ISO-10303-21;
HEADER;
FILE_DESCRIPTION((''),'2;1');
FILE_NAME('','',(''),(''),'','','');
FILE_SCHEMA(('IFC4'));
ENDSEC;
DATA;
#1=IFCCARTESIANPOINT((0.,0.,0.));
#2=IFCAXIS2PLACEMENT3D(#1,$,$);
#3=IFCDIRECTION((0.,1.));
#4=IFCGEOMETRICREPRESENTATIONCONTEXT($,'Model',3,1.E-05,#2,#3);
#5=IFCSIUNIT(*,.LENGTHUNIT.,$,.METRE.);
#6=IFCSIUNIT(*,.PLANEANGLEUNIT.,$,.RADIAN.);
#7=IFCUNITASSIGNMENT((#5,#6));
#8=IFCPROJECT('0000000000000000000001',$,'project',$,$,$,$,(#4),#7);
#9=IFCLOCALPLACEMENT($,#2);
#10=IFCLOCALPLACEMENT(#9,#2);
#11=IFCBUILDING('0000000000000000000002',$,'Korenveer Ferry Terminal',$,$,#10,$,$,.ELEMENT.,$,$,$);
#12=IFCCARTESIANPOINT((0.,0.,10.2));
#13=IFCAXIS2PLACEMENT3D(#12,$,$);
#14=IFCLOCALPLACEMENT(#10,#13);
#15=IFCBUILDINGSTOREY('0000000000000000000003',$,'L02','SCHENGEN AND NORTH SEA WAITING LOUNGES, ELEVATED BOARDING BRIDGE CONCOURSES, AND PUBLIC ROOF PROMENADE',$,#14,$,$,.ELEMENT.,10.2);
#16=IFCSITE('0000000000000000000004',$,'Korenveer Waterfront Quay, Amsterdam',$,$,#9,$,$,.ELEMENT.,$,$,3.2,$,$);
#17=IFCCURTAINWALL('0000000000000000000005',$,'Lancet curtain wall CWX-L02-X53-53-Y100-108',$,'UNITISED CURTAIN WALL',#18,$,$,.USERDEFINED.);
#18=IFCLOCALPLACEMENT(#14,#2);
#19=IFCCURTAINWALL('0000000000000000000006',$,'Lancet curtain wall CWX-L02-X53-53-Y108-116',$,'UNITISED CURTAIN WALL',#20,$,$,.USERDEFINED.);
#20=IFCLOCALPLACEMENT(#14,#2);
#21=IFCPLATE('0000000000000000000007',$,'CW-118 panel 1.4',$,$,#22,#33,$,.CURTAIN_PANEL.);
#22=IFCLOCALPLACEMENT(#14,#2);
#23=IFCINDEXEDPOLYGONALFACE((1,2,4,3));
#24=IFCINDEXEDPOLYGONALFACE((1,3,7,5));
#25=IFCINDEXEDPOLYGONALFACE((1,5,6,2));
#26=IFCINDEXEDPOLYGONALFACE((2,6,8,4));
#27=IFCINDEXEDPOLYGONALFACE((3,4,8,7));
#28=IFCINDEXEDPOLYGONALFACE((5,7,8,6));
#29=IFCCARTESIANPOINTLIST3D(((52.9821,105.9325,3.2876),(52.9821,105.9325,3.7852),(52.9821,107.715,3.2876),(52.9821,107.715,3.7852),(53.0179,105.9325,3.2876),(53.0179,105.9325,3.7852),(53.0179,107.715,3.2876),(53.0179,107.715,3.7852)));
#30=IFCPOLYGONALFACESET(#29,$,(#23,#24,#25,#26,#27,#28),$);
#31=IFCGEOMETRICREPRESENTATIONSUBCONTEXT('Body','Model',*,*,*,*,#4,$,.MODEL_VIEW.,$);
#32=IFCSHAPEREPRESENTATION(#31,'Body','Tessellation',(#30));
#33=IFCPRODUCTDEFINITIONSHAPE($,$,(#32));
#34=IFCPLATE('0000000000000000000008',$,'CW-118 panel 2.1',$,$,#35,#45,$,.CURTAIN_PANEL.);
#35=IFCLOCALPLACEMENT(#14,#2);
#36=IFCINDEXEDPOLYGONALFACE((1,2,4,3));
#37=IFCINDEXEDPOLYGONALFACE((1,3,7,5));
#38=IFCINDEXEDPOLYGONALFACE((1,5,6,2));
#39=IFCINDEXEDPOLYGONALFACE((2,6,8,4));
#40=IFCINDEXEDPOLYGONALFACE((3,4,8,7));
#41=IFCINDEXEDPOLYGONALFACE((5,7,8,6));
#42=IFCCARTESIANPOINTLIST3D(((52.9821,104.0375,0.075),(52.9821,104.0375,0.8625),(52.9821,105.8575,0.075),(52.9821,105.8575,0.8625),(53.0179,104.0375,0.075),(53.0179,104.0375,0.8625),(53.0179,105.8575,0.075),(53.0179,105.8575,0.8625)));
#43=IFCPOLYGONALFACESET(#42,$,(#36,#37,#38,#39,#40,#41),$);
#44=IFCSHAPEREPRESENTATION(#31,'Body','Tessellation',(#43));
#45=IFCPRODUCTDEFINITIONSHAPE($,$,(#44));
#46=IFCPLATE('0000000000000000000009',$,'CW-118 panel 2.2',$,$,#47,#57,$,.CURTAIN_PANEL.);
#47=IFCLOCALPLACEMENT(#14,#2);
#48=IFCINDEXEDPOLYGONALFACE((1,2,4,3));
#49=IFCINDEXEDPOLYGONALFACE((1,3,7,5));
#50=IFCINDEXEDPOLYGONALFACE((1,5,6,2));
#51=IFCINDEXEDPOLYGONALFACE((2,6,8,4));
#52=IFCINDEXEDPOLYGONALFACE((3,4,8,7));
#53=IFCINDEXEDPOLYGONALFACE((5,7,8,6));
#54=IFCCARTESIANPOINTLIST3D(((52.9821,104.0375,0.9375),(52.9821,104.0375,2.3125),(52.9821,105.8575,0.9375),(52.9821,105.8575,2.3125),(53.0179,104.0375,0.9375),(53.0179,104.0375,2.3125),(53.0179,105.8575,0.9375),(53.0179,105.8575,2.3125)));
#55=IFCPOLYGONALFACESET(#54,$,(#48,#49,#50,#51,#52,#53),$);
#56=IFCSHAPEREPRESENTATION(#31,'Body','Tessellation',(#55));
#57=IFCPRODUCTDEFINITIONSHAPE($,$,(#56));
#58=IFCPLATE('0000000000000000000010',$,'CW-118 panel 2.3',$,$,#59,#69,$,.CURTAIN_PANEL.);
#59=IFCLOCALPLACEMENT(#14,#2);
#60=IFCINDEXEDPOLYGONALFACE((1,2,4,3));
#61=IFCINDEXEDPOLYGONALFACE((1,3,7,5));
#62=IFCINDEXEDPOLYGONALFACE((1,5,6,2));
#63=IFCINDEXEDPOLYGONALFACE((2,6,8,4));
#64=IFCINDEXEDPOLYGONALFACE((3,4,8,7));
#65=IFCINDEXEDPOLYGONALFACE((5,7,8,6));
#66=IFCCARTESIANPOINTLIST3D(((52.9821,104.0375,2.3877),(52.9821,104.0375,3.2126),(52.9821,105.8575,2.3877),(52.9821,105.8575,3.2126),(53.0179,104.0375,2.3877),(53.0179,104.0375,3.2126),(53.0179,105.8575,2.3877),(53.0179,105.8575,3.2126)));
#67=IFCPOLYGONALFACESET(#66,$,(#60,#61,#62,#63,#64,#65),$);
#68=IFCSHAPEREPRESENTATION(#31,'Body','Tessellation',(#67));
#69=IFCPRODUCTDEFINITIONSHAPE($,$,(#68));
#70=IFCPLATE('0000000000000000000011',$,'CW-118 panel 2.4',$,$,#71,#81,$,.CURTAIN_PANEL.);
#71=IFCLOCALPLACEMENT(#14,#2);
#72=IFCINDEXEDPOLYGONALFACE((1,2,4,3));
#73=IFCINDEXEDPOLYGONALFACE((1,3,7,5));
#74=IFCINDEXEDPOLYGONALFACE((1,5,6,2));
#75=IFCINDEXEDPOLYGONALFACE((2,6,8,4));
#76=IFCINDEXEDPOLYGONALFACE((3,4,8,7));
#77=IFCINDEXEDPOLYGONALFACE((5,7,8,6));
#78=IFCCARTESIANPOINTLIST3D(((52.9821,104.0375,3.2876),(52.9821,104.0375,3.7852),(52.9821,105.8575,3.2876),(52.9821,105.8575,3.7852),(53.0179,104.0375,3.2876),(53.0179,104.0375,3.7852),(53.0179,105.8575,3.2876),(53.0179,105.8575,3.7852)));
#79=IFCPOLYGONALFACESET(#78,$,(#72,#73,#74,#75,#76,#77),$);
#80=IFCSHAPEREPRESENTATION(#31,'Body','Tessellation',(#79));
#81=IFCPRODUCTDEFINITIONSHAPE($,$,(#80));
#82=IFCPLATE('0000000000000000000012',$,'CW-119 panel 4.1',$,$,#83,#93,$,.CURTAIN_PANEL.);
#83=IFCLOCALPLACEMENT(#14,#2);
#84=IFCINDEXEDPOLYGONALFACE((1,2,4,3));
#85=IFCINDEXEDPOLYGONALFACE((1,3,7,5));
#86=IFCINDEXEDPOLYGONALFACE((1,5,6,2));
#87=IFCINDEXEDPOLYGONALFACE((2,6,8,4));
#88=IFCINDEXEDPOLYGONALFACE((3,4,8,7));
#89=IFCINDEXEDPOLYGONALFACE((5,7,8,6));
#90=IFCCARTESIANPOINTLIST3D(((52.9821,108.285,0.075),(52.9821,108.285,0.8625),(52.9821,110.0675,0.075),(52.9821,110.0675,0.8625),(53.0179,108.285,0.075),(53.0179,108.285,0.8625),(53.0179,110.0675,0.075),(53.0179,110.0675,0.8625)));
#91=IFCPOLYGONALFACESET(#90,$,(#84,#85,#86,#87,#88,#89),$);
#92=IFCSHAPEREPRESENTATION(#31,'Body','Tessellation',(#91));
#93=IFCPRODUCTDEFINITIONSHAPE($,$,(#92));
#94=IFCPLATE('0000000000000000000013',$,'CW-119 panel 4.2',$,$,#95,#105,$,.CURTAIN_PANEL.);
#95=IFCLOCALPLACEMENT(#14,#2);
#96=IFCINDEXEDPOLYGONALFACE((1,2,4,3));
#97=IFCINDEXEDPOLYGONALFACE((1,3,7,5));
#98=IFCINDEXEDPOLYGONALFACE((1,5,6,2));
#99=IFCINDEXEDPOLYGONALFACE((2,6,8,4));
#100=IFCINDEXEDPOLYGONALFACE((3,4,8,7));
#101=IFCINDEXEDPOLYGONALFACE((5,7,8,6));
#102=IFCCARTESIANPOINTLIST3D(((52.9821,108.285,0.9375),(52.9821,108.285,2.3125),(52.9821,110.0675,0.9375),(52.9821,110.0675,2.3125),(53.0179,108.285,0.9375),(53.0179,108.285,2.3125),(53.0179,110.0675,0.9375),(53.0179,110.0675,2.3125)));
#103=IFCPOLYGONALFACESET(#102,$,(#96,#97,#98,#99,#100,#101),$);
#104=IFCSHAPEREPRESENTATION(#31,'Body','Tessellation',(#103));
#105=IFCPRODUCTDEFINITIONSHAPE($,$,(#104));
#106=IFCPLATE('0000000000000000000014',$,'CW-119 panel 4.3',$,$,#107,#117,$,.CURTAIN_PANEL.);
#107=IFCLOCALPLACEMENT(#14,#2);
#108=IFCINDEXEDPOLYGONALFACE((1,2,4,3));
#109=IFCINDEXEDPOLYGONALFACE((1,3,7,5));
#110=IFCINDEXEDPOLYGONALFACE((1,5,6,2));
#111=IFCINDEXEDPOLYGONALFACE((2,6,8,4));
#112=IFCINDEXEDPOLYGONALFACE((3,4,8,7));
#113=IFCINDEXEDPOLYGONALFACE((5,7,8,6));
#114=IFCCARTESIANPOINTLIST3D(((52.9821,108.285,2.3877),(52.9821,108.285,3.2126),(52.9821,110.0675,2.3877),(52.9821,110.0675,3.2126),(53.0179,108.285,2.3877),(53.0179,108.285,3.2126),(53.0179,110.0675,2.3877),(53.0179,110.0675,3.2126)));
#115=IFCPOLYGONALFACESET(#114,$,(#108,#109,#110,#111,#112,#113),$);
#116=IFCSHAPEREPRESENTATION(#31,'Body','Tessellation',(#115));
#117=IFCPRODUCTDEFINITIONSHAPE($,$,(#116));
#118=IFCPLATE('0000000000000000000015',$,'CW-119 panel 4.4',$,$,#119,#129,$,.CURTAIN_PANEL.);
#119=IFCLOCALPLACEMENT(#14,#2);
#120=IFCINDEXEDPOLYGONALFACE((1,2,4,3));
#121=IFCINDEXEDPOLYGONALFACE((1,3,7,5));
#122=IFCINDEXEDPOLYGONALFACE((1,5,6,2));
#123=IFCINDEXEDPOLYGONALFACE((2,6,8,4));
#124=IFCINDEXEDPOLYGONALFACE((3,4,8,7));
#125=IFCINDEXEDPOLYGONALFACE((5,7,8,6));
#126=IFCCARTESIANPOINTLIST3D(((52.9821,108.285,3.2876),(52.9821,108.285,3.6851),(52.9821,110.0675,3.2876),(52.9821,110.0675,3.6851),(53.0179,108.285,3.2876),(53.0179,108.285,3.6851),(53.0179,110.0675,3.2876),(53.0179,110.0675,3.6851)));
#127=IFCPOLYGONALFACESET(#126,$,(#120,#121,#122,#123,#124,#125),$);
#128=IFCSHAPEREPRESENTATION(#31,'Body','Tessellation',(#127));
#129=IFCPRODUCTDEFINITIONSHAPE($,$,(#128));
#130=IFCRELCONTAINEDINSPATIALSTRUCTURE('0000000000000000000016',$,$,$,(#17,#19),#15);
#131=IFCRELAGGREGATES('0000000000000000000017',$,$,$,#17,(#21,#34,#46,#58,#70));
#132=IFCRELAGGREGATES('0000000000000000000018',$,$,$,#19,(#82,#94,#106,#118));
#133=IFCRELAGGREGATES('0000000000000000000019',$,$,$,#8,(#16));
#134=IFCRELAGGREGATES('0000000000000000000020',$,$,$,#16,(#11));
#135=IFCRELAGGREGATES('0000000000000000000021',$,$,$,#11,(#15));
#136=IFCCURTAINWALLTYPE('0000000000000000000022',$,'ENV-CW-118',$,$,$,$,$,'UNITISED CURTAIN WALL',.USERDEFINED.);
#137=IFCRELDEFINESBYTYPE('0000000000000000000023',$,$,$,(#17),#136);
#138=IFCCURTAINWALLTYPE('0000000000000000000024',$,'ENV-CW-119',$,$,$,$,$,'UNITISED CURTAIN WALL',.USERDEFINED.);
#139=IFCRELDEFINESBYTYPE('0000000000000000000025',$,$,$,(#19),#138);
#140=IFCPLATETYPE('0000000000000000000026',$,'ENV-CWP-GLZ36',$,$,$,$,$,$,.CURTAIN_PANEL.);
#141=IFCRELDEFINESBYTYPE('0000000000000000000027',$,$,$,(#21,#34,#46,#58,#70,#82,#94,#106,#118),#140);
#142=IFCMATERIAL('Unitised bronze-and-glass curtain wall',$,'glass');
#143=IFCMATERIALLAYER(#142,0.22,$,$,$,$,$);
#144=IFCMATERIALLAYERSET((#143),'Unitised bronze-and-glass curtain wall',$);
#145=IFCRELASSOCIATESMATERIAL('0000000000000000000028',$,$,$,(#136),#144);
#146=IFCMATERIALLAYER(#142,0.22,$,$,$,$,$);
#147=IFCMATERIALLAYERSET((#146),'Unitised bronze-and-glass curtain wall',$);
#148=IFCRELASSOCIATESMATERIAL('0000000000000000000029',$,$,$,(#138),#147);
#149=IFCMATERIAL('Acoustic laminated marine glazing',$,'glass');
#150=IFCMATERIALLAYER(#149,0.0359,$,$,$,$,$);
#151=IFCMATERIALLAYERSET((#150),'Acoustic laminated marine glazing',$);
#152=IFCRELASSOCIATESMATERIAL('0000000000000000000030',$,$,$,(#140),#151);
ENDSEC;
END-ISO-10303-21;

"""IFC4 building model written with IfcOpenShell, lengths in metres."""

from ifc_helpers import new_model, si_unit, direction, frame, origin, origin_2d, place, context, subcontext, project, spatial, rectangle, extrude, material, layer, layer_set, type_object, element, aggregate, save


model = new_model("IFC4")

# Units and contexts
model_context = context("Model", 3, precision=1e-05, world=origin(), true_north=direction((0.0, 1.0)))
body_context = subcontext(model_context, "Body", "Model", "MODEL_VIEW")
ifc_project = project(units=[si_unit("LENGTHUNIT", "METRE"), si_unit("PLANEANGLEUNIT", "RADIAN")], contexts=[model_context])

# Site, building, storey
site_placement = place(None, origin())
site = spatial("IfcSite", under=ifc_project, at=site_placement, Name="Korenveer Waterfront Quay, Amsterdam", CompositionType="ELEMENT", RefElevation=3.2)
building_placement = place(site_placement, origin())
building = spatial("IfcBuilding", under=site, at=building_placement, Name="Korenveer Ferry Terminal", CompositionType="ELEMENT")
storey_placement = place(building_placement, frame((0.0, 0.0, 10.2)))
storey = spatial("IfcBuildingStorey", under=building, at=storey_placement, Name="L02", Description="SCHENGEN AND NORTH SEA WAITING LOUNGES, ELEVATED BOARDING BRIDGE CONCOURSES, AND PUBLIC ROOF PROMENADE", CompositionType="ELEMENT", Elevation=10.2)

# Curtain walls
ifc_material_1 = material(Name="Unitised bronze-and-glass curtain wall", Category="glass")
ifc_layer_1 = layer(ifc_material_1, 0.22)
ifc_layer_set_1 = layer_set([ifc_layer_1], Name="Unitised bronze-and-glass curtain wall")
curtain_wall_type_1 = type_object("IfcCurtainWallType", Name="ENV-CW-118", ElementType="UNITISED CURTAIN WALL", PredefinedType="USERDEFINED", material=ifc_layer_set_1)
curtain_wall_1_placement = place(storey_placement, frame((53.0, 107.79, 0.0)))
curtain_wall_1 = element("IfcCurtainWall", 1, at=curtain_wall_1_placement, inside=storey, type_object=curtain_wall_type_1, Name="Lancet curtain wall CWX-L02-X53-53-Y100-108", ObjectType="UNITISED CURTAIN WALL", PredefinedType="USERDEFINED")
ifc_layer_2 = layer(ifc_material_1, 0.22)
ifc_layer_set_2 = layer_set([ifc_layer_2], Name="Unitised bronze-and-glass curtain wall")
curtain_wall_type_2 = type_object("IfcCurtainWallType", Name="ENV-CW-119", ElementType="UNITISED CURTAIN WALL", PredefinedType="USERDEFINED", material=ifc_layer_set_2)
curtain_wall_2_placement = place(storey_placement, frame((53.0, 115.79, 0.0)))
curtain_wall_2 = element("IfcCurtainWall", 2, at=curtain_wall_2_placement, inside=storey, type_object=curtain_wall_type_2, Name="Lancet curtain wall CWX-L02-X53-53-Y108-116", ObjectType="UNITISED CURTAIN WALL", PredefinedType="USERDEFINED")

# Plates
ifc_material_2 = material(Name="Acoustic laminated marine glazing", Category="glass")
ifc_layer_3 = layer(ifc_material_2, 0.0359)
ifc_layer_set_3 = layer_set([ifc_layer_3], Name="Acoustic laminated marine glazing")
plate_type = type_object("IfcPlateType", Name="ENV-CWP-GLZ36", PredefinedType="CURTAIN_PANEL", material=ifc_layer_set_3)
plate_1_placement = place(storey_placement, frame((53.0, 106.8237, 3.2876), z_axis=(0.0, 0.0, 1.0), x_axis=(0.0, -1.0, 0.0)))
plate_1 = element("IfcPlate", 3, at=plate_1_placement, type_object=plate_type, Name="CW-118 panel 1.4", PredefinedType="CURTAIN_PANEL", context=body_context, shape_type="SweptSolid", body=[
    extrude(rectangle(XDim=1.7825, YDim=0.0359, at=origin_2d()), origin(), (0.0, 0.0, 1.0), 0.4976),
])
plate_2_placement = place(storey_placement, frame((53.0, 104.9475, 0.075), z_axis=(0.0, 0.0, 1.0), x_axis=(0.0, -1.0, 0.0)))
plate_2 = element("IfcPlate", 4, at=plate_2_placement, type_object=plate_type, Name="CW-118 panel 2.1", PredefinedType="CURTAIN_PANEL", context=body_context, shape_type="SweptSolid", body=[
    extrude(rectangle(XDim=1.8201, YDim=0.0359, at=origin_2d()), origin(), (0.0, 0.0, 1.0), 0.7876),
])
plate_3_placement = place(storey_placement, frame((53.0, 104.9475, 0.9375), z_axis=(0.0, 0.0, 1.0), x_axis=(0.0, -1.0, 0.0)))
plate_3 = element("IfcPlate", 5, at=plate_3_placement, type_object=plate_type, Name="CW-118 panel 2.2", PredefinedType="CURTAIN_PANEL", context=body_context, shape_type="SweptSolid", body=[
    extrude(rectangle(XDim=1.8201, YDim=0.0359, at=origin_2d()), origin(), (0.0, 0.0, 1.0), 1.375),
])
plate_4_placement = place(storey_placement, frame((53.0, 104.9475, 2.3877), z_axis=(0.0, 0.0, 1.0), x_axis=(0.0, -1.0, 0.0)))
plate_4 = element("IfcPlate", 6, at=plate_4_placement, type_object=plate_type, Name="CW-118 panel 2.3", PredefinedType="CURTAIN_PANEL", context=body_context, shape_type="SweptSolid", body=[
    extrude(rectangle(XDim=1.8201, YDim=0.0359, at=origin_2d()), origin(), (0.0, 0.0, 1.0), 0.825),
])
plate_5_placement = place(storey_placement, frame((53.0, 104.9475, 3.2876), z_axis=(0.0, 0.0, 1.0), x_axis=(0.0, -1.0, 0.0)))
plate_5 = element("IfcPlate", 7, at=plate_5_placement, type_object=plate_type, Name="CW-118 panel 2.4", PredefinedType="CURTAIN_PANEL", context=body_context, shape_type="SweptSolid", body=[
    extrude(rectangle(XDim=1.8201, YDim=0.0359, at=origin_2d()), origin(), (0.0, 0.0, 1.0), 0.4976),
])
aggregate(curtain_wall_1, [plate_1, plate_2, plate_3, plate_4, plate_5])
plate_6_placement = place(storey_placement, frame((53.0, 109.1763, 0.075), z_axis=(0.0, 0.0, 1.0), x_axis=(0.0, -1.0, 0.0)))
plate_6 = element("IfcPlate", 8, at=plate_6_placement, type_object=plate_type, Name="CW-119 panel 4.1", PredefinedType="CURTAIN_PANEL", context=body_context, shape_type="SweptSolid", body=[
    extrude(rectangle(XDim=1.7825, YDim=0.0359, at=origin_2d()), origin(), (0.0, 0.0, 1.0), 0.7876),
])
plate_7_placement = place(storey_placement, frame((53.0, 109.1763, 0.9375), z_axis=(0.0, 0.0, 1.0), x_axis=(0.0, -1.0, 0.0)))
plate_7 = element("IfcPlate", 9, at=plate_7_placement, type_object=plate_type, Name="CW-119 panel 4.2", PredefinedType="CURTAIN_PANEL", context=body_context, shape_type="SweptSolid", body=[
    extrude(rectangle(XDim=1.7825, YDim=0.0359, at=origin_2d()), origin(), (0.0, 0.0, 1.0), 1.375),
])
plate_8_placement = place(storey_placement, frame((53.0, 109.1763, 2.3877), z_axis=(0.0, 0.0, 1.0), x_axis=(0.0, -1.0, 0.0)))
plate_8 = element("IfcPlate", 10, at=plate_8_placement, type_object=plate_type, Name="CW-119 panel 4.3", PredefinedType="CURTAIN_PANEL", context=body_context, shape_type="SweptSolid", body=[
    extrude(rectangle(XDim=1.7825, YDim=0.0359, at=origin_2d()), origin(), (0.0, 0.0, 1.0), 0.825),
])
plate_9_placement = place(storey_placement, frame((53.0, 109.1763, 3.2876), z_axis=(0.0, 0.0, 1.0), x_axis=(0.0, -1.0, 0.0)))
plate_9 = element("IfcPlate", 11, at=plate_9_placement, type_object=plate_type, Name="CW-119 panel 4.4", PredefinedType="CURTAIN_PANEL", context=body_context, shape_type="SweptSolid", body=[
    extrude(rectangle(XDim=1.7825, YDim=0.0359, at=origin_2d()), origin(), (0.0, 0.0, 1.0), 0.3975),
])
aggregate(curtain_wall_2, [plate_6, plate_7, plate_8, plate_9])

save(model, "model.ifc")
